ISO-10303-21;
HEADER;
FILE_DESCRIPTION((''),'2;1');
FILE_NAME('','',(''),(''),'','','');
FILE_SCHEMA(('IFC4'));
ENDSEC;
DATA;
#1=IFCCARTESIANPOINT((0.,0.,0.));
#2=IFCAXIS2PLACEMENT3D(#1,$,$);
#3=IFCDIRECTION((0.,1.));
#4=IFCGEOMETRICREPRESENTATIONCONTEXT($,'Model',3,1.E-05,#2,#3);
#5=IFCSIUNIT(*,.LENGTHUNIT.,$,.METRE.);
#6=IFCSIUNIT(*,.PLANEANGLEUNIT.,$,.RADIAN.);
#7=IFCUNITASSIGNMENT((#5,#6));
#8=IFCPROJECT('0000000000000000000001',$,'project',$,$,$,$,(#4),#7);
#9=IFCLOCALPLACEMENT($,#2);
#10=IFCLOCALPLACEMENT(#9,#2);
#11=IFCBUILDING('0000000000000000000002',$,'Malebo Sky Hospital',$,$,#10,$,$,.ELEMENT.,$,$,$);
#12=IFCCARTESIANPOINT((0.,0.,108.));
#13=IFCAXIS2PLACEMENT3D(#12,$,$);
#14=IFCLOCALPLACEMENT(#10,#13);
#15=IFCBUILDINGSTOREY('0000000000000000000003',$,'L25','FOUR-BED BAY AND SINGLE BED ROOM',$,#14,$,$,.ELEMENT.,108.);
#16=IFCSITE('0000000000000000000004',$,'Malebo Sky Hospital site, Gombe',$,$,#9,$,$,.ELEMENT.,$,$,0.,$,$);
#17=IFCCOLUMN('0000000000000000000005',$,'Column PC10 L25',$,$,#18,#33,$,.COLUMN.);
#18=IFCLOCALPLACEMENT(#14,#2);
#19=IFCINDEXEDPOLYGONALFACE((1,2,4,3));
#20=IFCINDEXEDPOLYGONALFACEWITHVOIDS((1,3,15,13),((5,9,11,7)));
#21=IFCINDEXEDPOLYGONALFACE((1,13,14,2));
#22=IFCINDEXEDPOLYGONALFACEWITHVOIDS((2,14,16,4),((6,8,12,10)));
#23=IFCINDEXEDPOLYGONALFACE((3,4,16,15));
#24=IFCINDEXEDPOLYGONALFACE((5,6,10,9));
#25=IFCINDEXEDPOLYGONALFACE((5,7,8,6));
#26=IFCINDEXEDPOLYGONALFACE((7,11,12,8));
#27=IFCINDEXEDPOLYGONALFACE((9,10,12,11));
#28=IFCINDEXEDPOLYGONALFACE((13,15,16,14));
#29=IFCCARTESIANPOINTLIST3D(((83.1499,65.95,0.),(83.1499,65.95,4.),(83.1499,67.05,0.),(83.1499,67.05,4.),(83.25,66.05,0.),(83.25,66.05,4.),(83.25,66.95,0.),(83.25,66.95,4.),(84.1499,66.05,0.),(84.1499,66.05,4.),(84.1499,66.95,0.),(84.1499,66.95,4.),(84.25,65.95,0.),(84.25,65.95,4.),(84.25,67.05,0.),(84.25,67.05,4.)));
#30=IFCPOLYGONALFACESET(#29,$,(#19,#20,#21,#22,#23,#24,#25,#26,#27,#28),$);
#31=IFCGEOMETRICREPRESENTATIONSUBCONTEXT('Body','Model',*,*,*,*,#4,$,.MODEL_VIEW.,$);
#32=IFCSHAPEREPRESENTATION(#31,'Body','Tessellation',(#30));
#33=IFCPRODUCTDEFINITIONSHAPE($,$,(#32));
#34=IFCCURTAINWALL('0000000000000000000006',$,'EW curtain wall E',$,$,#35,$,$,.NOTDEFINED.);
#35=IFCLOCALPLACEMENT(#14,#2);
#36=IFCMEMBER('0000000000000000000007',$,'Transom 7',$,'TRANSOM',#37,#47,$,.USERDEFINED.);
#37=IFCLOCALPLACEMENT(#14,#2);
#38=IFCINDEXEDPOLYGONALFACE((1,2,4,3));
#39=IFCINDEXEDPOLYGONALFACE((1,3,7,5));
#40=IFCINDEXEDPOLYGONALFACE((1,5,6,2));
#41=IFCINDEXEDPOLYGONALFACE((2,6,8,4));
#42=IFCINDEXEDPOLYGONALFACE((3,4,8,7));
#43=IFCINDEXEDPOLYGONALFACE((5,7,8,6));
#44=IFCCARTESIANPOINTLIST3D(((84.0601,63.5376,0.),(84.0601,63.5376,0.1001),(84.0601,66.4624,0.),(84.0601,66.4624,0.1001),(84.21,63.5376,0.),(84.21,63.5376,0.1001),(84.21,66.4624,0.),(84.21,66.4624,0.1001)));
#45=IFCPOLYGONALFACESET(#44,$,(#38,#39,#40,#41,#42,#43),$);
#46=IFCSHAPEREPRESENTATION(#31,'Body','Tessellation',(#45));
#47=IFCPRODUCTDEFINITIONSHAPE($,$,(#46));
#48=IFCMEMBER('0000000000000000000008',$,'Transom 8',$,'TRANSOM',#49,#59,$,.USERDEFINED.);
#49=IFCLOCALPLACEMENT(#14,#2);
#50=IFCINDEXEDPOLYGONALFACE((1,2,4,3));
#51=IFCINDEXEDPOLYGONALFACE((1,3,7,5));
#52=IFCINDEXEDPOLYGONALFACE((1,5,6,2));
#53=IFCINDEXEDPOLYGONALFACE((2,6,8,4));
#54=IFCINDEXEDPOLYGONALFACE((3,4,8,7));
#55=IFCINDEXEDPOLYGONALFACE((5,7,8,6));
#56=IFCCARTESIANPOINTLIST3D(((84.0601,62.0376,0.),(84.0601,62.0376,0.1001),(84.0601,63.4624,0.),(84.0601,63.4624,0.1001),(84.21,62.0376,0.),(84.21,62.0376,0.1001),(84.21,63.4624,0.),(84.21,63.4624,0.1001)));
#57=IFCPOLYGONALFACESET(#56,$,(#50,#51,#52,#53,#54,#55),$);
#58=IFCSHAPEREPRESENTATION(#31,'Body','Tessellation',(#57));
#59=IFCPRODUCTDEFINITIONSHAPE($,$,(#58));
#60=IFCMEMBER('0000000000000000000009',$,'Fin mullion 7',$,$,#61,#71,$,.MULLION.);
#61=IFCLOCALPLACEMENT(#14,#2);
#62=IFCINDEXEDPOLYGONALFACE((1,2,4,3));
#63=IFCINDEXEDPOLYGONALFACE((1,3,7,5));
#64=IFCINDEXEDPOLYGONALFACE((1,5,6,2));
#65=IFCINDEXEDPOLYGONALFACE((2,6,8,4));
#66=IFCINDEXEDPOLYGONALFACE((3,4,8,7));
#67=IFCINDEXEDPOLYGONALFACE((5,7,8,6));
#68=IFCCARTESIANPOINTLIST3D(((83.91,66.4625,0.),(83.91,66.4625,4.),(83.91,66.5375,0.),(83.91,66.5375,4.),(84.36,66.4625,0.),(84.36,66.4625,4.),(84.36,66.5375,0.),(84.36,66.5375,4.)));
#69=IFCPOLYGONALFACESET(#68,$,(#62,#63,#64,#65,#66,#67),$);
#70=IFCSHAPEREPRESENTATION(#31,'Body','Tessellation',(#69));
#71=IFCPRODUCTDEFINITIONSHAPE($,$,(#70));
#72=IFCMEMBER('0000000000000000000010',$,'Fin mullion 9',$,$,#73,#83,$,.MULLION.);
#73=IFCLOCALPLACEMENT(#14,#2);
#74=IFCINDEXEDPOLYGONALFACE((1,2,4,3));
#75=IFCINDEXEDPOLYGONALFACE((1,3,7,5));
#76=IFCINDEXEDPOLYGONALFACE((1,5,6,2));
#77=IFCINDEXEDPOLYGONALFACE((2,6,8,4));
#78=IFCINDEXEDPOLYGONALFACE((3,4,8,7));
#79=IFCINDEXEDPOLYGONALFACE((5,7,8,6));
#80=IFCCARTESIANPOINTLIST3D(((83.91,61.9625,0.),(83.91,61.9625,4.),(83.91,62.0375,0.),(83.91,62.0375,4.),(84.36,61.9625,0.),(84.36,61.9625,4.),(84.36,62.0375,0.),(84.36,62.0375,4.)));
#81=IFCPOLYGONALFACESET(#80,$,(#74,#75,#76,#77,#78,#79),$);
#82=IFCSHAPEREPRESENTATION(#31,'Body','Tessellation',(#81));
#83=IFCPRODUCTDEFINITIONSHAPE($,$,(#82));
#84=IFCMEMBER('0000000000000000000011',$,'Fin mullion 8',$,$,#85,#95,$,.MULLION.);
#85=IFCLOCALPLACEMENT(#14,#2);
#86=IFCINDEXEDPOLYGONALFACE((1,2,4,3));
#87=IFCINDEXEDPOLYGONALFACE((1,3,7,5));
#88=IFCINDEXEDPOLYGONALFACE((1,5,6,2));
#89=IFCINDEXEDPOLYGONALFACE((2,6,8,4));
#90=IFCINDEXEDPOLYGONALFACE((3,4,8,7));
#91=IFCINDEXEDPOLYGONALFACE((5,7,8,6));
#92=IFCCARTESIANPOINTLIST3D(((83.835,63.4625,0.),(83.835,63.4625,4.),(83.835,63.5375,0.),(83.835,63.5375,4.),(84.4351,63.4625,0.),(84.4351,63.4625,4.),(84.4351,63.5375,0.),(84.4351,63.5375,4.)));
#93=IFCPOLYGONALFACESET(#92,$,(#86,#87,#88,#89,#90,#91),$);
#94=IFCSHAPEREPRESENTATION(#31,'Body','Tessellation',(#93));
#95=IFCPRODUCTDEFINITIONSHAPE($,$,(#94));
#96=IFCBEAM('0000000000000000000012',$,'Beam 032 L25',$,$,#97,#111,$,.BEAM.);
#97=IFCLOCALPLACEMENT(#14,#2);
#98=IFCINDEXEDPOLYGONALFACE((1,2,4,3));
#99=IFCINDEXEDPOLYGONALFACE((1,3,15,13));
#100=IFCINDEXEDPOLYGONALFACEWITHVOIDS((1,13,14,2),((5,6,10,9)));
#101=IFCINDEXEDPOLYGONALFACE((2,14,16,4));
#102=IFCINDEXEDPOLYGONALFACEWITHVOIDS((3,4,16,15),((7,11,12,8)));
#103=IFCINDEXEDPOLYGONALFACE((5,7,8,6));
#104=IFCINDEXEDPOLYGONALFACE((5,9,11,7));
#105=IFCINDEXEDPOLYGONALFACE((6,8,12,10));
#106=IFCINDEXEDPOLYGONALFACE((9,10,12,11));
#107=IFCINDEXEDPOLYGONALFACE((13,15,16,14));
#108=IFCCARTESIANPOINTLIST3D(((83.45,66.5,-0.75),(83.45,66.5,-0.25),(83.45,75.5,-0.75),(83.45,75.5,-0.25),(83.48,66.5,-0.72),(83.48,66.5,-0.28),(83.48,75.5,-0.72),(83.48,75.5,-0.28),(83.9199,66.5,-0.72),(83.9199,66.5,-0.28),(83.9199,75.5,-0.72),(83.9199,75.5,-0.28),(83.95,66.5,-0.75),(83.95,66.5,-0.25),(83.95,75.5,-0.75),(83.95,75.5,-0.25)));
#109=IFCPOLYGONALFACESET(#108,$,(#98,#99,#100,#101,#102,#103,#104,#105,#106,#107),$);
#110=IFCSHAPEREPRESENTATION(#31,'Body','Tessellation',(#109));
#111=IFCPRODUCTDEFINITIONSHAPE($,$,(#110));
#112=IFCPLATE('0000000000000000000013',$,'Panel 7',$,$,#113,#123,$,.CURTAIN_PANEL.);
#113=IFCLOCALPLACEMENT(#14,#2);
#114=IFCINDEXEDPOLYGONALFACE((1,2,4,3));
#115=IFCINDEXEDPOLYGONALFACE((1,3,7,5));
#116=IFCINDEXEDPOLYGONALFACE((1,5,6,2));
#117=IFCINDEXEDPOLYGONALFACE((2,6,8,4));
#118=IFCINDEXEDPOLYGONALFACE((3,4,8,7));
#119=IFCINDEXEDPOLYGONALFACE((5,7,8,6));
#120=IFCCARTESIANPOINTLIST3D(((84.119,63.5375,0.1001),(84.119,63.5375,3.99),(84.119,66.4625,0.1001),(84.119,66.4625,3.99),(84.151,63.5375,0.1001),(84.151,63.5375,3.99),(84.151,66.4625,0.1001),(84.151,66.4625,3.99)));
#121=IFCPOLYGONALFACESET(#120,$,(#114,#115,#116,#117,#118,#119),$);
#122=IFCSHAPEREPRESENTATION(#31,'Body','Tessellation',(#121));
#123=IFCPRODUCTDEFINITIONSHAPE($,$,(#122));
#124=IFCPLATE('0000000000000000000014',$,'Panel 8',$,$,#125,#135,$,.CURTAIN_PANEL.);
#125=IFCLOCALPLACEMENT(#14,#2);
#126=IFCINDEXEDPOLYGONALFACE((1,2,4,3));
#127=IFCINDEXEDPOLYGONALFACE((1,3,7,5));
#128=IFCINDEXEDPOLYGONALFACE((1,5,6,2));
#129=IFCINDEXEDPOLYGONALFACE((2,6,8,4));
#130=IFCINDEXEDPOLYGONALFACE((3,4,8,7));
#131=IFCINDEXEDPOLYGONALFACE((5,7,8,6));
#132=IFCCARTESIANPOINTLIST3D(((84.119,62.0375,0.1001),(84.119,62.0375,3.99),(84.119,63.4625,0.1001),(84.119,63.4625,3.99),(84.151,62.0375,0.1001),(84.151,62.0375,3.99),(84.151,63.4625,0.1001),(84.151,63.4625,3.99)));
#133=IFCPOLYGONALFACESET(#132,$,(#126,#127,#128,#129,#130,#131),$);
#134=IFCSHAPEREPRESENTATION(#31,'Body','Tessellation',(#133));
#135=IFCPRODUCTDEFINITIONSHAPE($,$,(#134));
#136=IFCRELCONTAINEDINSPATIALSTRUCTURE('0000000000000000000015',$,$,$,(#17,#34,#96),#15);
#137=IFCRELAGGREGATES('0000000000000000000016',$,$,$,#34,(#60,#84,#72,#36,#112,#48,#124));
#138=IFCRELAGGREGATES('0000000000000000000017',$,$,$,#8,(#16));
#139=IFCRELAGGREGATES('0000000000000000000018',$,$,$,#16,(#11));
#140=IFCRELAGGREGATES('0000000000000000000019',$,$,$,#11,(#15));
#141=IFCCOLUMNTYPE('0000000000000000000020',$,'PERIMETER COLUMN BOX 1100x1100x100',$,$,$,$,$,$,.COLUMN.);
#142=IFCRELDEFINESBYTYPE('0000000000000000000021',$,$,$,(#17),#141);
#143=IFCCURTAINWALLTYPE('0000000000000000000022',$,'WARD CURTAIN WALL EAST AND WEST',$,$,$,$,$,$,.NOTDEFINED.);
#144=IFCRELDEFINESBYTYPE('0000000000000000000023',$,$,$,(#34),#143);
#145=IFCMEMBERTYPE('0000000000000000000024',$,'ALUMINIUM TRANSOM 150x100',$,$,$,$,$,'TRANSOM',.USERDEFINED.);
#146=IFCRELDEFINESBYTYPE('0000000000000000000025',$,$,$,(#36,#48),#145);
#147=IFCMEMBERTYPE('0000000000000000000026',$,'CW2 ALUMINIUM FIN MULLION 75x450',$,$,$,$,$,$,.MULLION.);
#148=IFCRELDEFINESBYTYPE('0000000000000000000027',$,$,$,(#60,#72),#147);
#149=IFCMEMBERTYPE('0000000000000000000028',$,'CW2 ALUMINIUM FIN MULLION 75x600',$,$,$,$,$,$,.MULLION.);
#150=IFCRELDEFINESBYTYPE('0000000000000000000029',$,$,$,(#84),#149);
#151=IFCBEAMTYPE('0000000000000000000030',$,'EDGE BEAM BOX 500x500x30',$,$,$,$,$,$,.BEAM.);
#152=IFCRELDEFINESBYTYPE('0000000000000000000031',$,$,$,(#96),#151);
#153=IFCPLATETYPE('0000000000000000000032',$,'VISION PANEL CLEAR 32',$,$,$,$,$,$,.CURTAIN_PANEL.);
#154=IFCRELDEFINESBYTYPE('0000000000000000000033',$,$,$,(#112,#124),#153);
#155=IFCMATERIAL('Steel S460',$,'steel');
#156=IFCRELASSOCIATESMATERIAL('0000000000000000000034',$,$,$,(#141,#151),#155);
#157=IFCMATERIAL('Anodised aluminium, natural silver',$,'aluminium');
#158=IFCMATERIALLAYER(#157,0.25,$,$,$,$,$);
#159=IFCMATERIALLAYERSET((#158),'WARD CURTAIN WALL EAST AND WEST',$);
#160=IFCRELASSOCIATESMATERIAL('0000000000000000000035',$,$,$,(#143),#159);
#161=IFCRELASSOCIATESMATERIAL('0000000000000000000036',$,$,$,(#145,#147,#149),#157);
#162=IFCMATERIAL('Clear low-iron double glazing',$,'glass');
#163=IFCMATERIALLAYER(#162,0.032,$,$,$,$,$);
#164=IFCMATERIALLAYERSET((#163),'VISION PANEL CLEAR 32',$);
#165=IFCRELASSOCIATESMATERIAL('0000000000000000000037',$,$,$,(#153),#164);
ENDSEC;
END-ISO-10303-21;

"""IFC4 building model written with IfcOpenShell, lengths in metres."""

from ifc_helpers import new_model, si_unit, direction, frame, origin, origin_2d, place, context, subcontext, project, spatial, rectangle, hollow_rectangle, extrude, material, layer, layer_set, material_profile, profile_set, type_object, element, aggregate, save


model = new_model("IFC4")

# Units and contexts
model_context = context("Model", 3, precision=1e-05, world=origin(), true_north=direction((0.0, 1.0)))
body_context = subcontext(model_context, "Body", "Model", "MODEL_VIEW")
ifc_project = project(units=[si_unit("LENGTHUNIT", "METRE"), si_unit("PLANEANGLEUNIT", "RADIAN")], contexts=[model_context])

# Site, building, storey
site_placement = place(None, origin())
site = spatial("IfcSite", under=ifc_project, at=site_placement, Name="Malebo Sky Hospital site, Gombe", CompositionType="ELEMENT", RefElevation=0.0)
building_placement = place(site_placement, origin())
building = spatial("IfcBuilding", under=site, at=building_placement, Name="Malebo Sky Hospital", CompositionType="ELEMENT")
storey_placement = place(building_placement, frame((0.0, 0.0, 108.0)))
storey = spatial("IfcBuildingStorey", under=building, at=storey_placement, Name="L25", Description="FOUR-BED BAY AND SINGLE BED ROOM", CompositionType="ELEMENT", Elevation=108.0)

# Column
ifc_material_1 = material(Name="Steel S460", Category="steel")
ifc_material_profile_1 = material_profile(ifc_material_1, hollow_rectangle(XDim=1.1001, YDim=1.1001, WallThickness=0.1001, at=origin_2d()), Name="BOX 1100x1100x100")
ifc_profile_set_1 = profile_set([ifc_material_profile_1], Name="Steel S460")
column_type = type_object("IfcColumnType", Name="PERIMETER COLUMN BOX 1100x1100x100", PredefinedType="COLUMN", material=ifc_profile_set_1)
column_placement = place(storey_placement, frame((83.7, 66.5, 0.0), z_axis=(0.0, 0.0, 1.0), x_axis=(1.0, 0.0, 0.0)))
element("IfcColumn", 1, at=column_placement, inside=storey, type_object=column_type, Name="Column PC10 L25", PredefinedType="COLUMN", context=body_context, shape_type="SweptSolid", body=[
    extrude(hollow_rectangle(XDim=1.1001, YDim=1.1001, WallThickness=0.1001, at=origin_2d()), origin(), (0.0, 0.0, 1.0), 4.0),
])

# Curtain wall, members
ifc_material_2 = material(Name="Anodised aluminium, natural silver", Category="aluminium")
ifc_layer_1 = layer(ifc_material_2, 0.25)
ifc_layer_set_1 = layer_set([ifc_layer_1], Name="WARD CURTAIN WALL EAST AND WEST")
curtain_wall_type = type_object("IfcCurtainWallType", Name="WARD CURTAIN WALL EAST AND WEST", PredefinedType="NOTDEFINED", material=ifc_layer_set_1)
curtain_wall_placement = place(storey_placement, origin())
curtain_wall = element("IfcCurtainWall", 2, at=curtain_wall_placement, inside=storey, type_object=curtain_wall_type, Name="EW curtain wall E", PredefinedType="NOTDEFINED")
ifc_material_profile_2 = material_profile(ifc_material_2, rectangle(XDim=0.1499, YDim=0.1001, at=origin_2d()), Name="ALUMINIUM TRANSOM 150x100")
ifc_profile_set_2 = profile_set([ifc_material_profile_2], Name="Anodised aluminium, natural silver")
member_type_1 = type_object("IfcMemberType", Name="ALUMINIUM TRANSOM 150x100", ElementType="TRANSOM", PredefinedType="USERDEFINED", material=ifc_profile_set_2)
member_1_placement = place(storey_placement, frame((84.135, 66.4624, 0.05), z_axis=(0.0, -1.0, 0.0), x_axis=(1.0, 0.0, 0.0)))
member_1 = element("IfcMember", 3, at=member_1_placement, type_object=member_type_1, Name="Transom 7", ObjectType="TRANSOM", PredefinedType="USERDEFINED", context=body_context, shape_type="SweptSolid", body=[
    extrude(rectangle(XDim=0.1499, YDim=0.1001, at=origin_2d()), origin(), (0.0, 0.0, 1.0), 2.9248),
])
member_2_placement = place(storey_placement, frame((84.135, 63.4624, 0.05), z_axis=(0.0, -1.0, 0.0), x_axis=(1.0, 0.0, 0.0)))
member_2 = element("IfcMember", 4, at=member_2_placement, type_object=member_type_1, Name="Transom 8", ObjectType="TRANSOM", PredefinedType="USERDEFINED", context=body_context, shape_type="SweptSolid", body=[
    extrude(rectangle(XDim=0.1499, YDim=0.1001, at=origin_2d()), origin(), (0.0, 0.0, 1.0), 1.4248),
])
ifc_material_profile_3 = material_profile(ifc_material_2, rectangle(XDim=0.075, YDim=0.45, at=origin_2d()), Name="CW2 ALUMINIUM FIN MULLION 75x450")
ifc_profile_set_3 = profile_set([ifc_material_profile_3], Name="Anodised aluminium, natural silver")
member_type_2 = type_object("IfcMemberType", Name="CW2 ALUMINIUM FIN MULLION 75x450", PredefinedType="MULLION", material=ifc_profile_set_3)
member_3_placement = place(storey_placement, frame((84.135, 66.5, 0.0), z_axis=(0.0, 0.0, 1.0), x_axis=(0.0, -1.0, 0.0)))
member_3 = element("IfcMember", 5, at=member_3_placement, type_object=member_type_2, Name="Fin mullion 7", PredefinedType="MULLION", context=body_context, shape_type="SweptSolid", body=[
    extrude(rectangle(XDim=0.075, YDim=0.45, at=origin_2d()), origin(), (0.0, 0.0, 1.0), 4.0),
])
member_4_placement = place(storey_placement, frame((84.135, 62.0, 0.0), z_axis=(0.0, 0.0, 1.0), x_axis=(0.0, -1.0, 0.0)))
member_4 = element("IfcMember", 6, at=member_4_placement, type_object=member_type_2, Name="Fin mullion 9", PredefinedType="MULLION", context=body_context, shape_type="SweptSolid", body=[
    extrude(rectangle(XDim=0.075, YDim=0.45, at=origin_2d()), origin(), (0.0, 0.0, 1.0), 4.0),
])
ifc_material_profile_4 = material_profile(ifc_material_2, rectangle(XDim=0.075, YDim=0.6001, at=origin_2d()), Name="CW2 ALUMINIUM FIN MULLION 75x600")
ifc_profile_set_4 = profile_set([ifc_material_profile_4], Name="Anodised aluminium, natural silver")
member_type_3 = type_object("IfcMemberType", Name="CW2 ALUMINIUM FIN MULLION 75x600", PredefinedType="MULLION", material=ifc_profile_set_4)
member_5_placement = place(storey_placement, frame((84.135, 63.5, 0.0), z_axis=(0.0, 0.0, 1.0), x_axis=(0.0, -1.0, 0.0)))
member_5 = element("IfcMember", 7, at=member_5_placement, type_object=member_type_3, Name="Fin mullion 8", PredefinedType="MULLION", context=body_context, shape_type="SweptSolid", body=[
    extrude(rectangle(XDim=0.075, YDim=0.6001, at=origin_2d()), origin(), (0.0, 0.0, 1.0), 4.0),
])

# Beam
ifc_material_profile_5 = material_profile(ifc_material_1, hollow_rectangle(XDim=0.5, YDim=0.5, WallThickness=0.03, at=origin_2d()), Name="BOX 500x500x30")
ifc_profile_set_5 = profile_set([ifc_material_profile_5], Name="Steel S460")
beam_type = type_object("IfcBeamType", Name="EDGE BEAM BOX 500x500x30", PredefinedType="BEAM", material=ifc_profile_set_5)
beam_placement = place(storey_placement, frame((83.7, 66.5, -0.5), z_axis=(0.0, 1.0, 0.0), x_axis=(-1.0, 0.0, 0.0)))
element("IfcBeam", 8, at=beam_placement, inside=storey, type_object=beam_type, Name="Beam 032 L25", PredefinedType="BEAM", context=body_context, shape_type="SweptSolid", body=[
    extrude(hollow_rectangle(XDim=0.5, YDim=0.5, WallThickness=0.03, at=origin_2d()), origin(), (0.0, 0.0, 1.0), 9.0),
])

# Plates
ifc_material_3 = material(Name="Clear low-iron double glazing", Category="glass")
ifc_layer_2 = layer(ifc_material_3, 0.032)
ifc_layer_set_2 = layer_set([ifc_layer_2], Name="VISION PANEL CLEAR 32")
plate_type = type_object("IfcPlateType", Name="VISION PANEL CLEAR 32", PredefinedType="CURTAIN_PANEL", material=ifc_layer_set_2)
plate_1_placement = place(storey_placement, frame((84.135, 65.0, 0.1001), z_axis=(0.0, 0.0, 1.0), x_axis=(0.0, -1.0, 0.0)))
plate_1 = element("IfcPlate", 9, at=plate_1_placement, type_object=plate_type, Name="Panel 7", PredefinedType="CURTAIN_PANEL", context=body_context, shape_type="SweptSolid", body=[
    extrude(rectangle(XDim=2.925, YDim=0.032, at=origin_2d()), origin(), (0.0, 0.0, 1.0), 3.8899),
])
plate_2_placement = place(storey_placement, frame((84.135, 62.75, 0.1001), z_axis=(0.0, 0.0, 1.0), x_axis=(0.0, -1.0, 0.0)))
plate_2 = element("IfcPlate", 10, at=plate_2_placement, type_object=plate_type, Name="Panel 8", PredefinedType="CURTAIN_PANEL", context=body_context, shape_type="SweptSolid", body=[
    extrude(rectangle(XDim=1.425, YDim=0.032, at=origin_2d()), origin(), (0.0, 0.0, 1.0), 3.8899),
])
aggregate(curtain_wall, [member_3, member_5, member_4, member_1, plate_1, member_2, plate_2])

save(model, "model.ifc")
